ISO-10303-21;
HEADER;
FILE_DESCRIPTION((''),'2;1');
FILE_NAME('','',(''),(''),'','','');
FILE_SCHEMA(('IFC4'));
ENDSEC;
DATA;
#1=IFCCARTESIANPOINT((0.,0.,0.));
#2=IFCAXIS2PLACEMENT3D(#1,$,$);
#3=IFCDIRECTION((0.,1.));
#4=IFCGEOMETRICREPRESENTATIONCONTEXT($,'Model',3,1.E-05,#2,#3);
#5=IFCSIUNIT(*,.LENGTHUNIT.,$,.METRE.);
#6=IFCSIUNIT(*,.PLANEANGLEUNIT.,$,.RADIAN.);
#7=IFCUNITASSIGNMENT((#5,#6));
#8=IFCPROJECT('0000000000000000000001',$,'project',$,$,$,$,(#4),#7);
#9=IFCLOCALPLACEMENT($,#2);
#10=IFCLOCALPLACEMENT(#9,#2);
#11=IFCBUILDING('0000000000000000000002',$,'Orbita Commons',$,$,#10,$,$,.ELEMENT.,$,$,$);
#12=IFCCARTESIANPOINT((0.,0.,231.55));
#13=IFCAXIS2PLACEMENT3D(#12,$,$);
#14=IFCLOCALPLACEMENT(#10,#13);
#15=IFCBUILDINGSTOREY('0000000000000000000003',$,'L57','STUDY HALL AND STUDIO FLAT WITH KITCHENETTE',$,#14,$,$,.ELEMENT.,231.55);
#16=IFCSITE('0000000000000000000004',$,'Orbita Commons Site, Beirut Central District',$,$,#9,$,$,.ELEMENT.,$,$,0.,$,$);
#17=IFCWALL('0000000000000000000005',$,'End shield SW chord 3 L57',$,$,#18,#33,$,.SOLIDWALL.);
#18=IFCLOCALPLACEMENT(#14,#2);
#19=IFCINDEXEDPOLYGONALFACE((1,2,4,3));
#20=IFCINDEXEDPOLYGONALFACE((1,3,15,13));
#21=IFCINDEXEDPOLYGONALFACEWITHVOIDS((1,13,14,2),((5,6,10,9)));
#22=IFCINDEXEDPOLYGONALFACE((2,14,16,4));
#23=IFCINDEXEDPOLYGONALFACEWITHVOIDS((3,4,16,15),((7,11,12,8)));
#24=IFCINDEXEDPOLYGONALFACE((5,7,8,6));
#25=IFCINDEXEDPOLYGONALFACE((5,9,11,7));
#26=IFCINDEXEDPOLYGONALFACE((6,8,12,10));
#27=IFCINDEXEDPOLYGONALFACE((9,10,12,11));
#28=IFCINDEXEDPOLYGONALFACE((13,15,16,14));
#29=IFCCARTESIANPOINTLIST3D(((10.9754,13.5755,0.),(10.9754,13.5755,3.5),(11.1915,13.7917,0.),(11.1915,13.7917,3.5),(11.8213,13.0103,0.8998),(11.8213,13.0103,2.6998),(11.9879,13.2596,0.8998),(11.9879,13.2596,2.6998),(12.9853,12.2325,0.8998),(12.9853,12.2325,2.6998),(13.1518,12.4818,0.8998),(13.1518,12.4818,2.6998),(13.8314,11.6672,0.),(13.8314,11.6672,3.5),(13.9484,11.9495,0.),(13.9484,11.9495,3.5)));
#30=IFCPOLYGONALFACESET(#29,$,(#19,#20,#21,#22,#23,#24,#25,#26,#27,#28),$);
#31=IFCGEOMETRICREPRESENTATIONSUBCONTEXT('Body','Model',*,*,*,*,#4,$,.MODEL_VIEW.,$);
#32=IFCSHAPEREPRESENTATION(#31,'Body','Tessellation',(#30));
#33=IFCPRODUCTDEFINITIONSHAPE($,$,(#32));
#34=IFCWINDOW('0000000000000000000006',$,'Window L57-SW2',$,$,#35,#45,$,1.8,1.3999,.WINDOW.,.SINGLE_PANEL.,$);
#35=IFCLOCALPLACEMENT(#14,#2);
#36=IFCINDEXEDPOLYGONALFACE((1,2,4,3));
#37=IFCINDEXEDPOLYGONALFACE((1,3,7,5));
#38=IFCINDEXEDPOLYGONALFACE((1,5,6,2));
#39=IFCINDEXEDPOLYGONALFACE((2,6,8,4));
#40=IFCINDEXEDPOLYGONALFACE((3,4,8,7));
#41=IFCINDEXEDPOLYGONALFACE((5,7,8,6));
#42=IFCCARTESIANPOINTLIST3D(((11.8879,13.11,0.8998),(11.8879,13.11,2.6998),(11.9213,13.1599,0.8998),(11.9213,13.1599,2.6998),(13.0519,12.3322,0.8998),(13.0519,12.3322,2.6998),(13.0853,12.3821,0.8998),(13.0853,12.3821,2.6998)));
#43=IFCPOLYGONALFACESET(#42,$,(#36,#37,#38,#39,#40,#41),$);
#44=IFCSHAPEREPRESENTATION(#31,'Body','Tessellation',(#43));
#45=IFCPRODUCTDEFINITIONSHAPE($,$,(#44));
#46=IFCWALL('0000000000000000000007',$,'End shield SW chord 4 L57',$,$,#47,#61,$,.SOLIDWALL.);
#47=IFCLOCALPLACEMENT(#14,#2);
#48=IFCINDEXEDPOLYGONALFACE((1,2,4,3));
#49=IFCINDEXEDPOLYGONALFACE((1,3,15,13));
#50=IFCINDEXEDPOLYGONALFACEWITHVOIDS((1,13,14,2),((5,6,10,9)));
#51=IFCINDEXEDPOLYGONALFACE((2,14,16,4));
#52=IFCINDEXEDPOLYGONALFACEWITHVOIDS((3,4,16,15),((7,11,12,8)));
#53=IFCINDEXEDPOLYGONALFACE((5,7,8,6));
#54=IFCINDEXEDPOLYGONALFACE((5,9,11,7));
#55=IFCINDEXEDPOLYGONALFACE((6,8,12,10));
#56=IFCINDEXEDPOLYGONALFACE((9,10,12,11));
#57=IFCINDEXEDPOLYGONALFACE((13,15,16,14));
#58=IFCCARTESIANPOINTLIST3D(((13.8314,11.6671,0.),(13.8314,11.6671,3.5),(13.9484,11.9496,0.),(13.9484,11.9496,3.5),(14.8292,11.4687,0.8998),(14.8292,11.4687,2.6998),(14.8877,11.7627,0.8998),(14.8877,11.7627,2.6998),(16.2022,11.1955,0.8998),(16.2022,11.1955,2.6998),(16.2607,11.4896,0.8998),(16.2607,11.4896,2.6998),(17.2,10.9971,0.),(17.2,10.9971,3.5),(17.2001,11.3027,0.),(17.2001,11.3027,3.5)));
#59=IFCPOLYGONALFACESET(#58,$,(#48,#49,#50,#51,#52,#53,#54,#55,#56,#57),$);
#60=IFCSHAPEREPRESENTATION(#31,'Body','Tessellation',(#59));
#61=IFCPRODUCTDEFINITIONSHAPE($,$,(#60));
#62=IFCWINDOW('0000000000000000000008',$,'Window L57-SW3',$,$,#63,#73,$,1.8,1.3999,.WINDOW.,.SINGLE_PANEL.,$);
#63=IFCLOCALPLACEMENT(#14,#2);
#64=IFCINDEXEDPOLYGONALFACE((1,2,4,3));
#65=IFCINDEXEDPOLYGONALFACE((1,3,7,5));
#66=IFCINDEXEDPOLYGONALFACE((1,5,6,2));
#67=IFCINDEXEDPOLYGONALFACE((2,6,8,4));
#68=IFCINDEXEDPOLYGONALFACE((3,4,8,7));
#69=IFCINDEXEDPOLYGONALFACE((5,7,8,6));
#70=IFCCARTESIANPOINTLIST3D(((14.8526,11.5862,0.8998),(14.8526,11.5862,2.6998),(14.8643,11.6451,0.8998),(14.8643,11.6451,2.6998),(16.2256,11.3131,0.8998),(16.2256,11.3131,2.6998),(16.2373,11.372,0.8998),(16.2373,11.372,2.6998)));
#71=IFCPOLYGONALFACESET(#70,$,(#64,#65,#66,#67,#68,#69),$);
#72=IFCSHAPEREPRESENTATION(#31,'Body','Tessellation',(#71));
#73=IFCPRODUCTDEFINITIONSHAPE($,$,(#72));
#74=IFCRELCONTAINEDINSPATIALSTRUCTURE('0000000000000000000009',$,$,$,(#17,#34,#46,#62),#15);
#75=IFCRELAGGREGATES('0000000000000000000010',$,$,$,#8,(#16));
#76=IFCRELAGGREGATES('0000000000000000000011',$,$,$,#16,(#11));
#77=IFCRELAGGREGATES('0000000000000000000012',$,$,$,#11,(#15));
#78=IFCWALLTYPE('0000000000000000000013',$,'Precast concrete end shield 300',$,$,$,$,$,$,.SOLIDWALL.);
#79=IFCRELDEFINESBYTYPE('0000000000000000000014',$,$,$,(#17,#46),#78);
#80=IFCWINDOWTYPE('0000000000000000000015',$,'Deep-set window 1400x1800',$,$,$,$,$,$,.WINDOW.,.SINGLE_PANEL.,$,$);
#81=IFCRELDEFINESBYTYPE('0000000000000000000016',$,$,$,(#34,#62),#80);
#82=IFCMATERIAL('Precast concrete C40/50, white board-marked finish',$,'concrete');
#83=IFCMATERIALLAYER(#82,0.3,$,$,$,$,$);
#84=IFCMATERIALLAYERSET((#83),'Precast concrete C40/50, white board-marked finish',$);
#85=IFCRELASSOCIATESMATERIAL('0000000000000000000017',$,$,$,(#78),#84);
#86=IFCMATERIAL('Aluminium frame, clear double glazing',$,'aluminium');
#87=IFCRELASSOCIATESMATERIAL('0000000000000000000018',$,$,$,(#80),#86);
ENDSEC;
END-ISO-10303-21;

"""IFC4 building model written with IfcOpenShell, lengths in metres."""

from ifc_helpers import new_model, si_unit, direction, frame, frame_2d, origin, place, context, subcontext, project, spatial, polyline, rectangle, outline, extrude, material, layer, layer_set, type_object, element, fill, save


model = new_model("IFC4")

# Units and contexts
model_context = context("Model", 3, precision=1e-05, world=origin(), true_north=direction((0.0, 1.0)))
body_context = subcontext(model_context, "Body", "Model", "MODEL_VIEW")
ifc_project = project(units=[si_unit("LENGTHUNIT", "METRE"), si_unit("PLANEANGLEUNIT", "RADIAN")], contexts=[model_context])

# Site, building, storey
site_placement = place(None, origin())
site = spatial("IfcSite", under=ifc_project, at=site_placement, Name="Orbita Commons Site, Beirut Central District", CompositionType="ELEMENT", RefElevation=0.0)
building_placement = place(site_placement, origin())
building = spatial("IfcBuilding", under=site, at=building_placement, Name="Orbita Commons", CompositionType="ELEMENT")
storey_placement = place(building_placement, frame((0.0, 0.0, 231.55)))
storey = spatial("IfcBuildingStorey", under=building, at=storey_placement, Name="L57", Description="STUDY HALL AND STUDIO FLAT WITH KITCHENETTE", CompositionType="ELEMENT", Elevation=231.55)

# Walls, openings, windows
ifc_material_1 = material(Name="Precast concrete C40/50, white board-marked finish", Category="concrete")
ifc_layer_1 = layer(ifc_material_1, 0.3)
ifc_layer_set_1 = layer_set([ifc_layer_1], Name="Precast concrete C40/50, white board-marked finish")
wall_type_1 = type_object("IfcWallType", Name="Precast concrete end shield 300", PredefinedType="SOLIDWALL", material=ifc_layer_set_1)
ifc_material_2 = material(Name="Aluminium frame, clear double glazing", Category="aluminium")
window_type = type_object("IfcWindowType", Name="Deep-set window 1400x1800", PartitioningType="SINGLE_PANEL", PredefinedType="WINDOW", material=ifc_material_2)
wall_1_placement = place(storey_placement, frame((11.0835, 13.6836, 0.0), z_axis=(0.0, 0.0, 1.0), x_axis=(0.83146, -0.555585, 0.0)))
wall_1 = element("IfcWall", 1, at=wall_1_placement, inside=storey, type_object=wall_type_1, Name="End shield SW chord 3 L57", PredefinedType="SOLIDWALL", context=body_context, shape_type="SweptSolid", body=[
    extrude(outline(polyline([(-0.0298, -0.1499), (3.405, -0.1499), (3.3455, 0.1499), (0.0298, 0.1499), (-0.0298, -0.1499)])), origin(), (0.0, 0.0, 1.0), 3.5),
])
opening_1_placement = place(wall_1_placement, frame((0.9875, 0.0, 0.8999)))
opening_1 = element("IfcOpeningElement", 2, at=opening_1_placement, cuts=wall_1, PredefinedType="OPENING", context=body_context, shape_type="SweptSolid", body=[
    extrude(rectangle(XDim=1.3999, YDim=1.8, at=frame_2d((0.7, 0.8999))), frame((0.0, 0.1599, 0.0), z_axis=(0.0, -1.0, 0.0), x_axis=(1.0, 0.0, 0.0)), (0.0, 0.0, 1.0), 0.3201),
])
window_1_placement = place(opening_1_placement, origin())
window_1 = element("IfcWindow", 3, at=window_1_placement, inside=storey, type_object=window_type, Name="Window L57-SW2", OverallHeight=1.8, OverallWidth=1.3999, PartitioningType="SINGLE_PANEL", PredefinedType="WINDOW", context=body_context, shape_type="SweptSolid", body=[
    extrude(rectangle(XDim=1.3999, YDim=1.8, at=frame_2d((0.7, 0.8999))), frame((0.0, 0.03, 0.0), z_axis=(0.0, -1.0, 0.0), x_axis=(1.0, 0.0, 0.0)), (0.0, 0.0, 1.0), 0.0601),
])
fill(opening_1, window_1)
wall_2_placement = place(storey_placement, frame((13.8899, 11.8083, 0.0), z_axis=(0.0, 0.0, 1.0), x_axis=(0.980783, -0.1951, 0.0)))
wall_2 = element("IfcWall", 4, at=wall_2_placement, inside=storey, type_object=wall_type_1, Name="End shield SW chord 4 L57", PredefinedType="SOLIDWALL", context=body_context, shape_type="SweptSolid", body=[
    extrude(outline(polyline([(-0.0298, -0.1499), (3.4048, -0.1499), (3.3452, 0.1499), (0.0298, 0.1499), (-0.0298, -0.1499)])), origin(), (0.0, 0.0, 1.0), 3.5),
])
opening_2_placement = place(wall_2_placement, frame((0.9875, 0.0, 0.8999)))
opening_2 = element("IfcOpeningElement", 5, at=opening_2_placement, cuts=wall_2, PredefinedType="OPENING", context=body_context, shape_type="SweptSolid", body=[
    extrude(rectangle(XDim=1.3999, YDim=1.8, at=frame_2d((0.7, 0.8999))), frame((0.0, 0.1599, 0.0), z_axis=(0.0, -1.0, 0.0), x_axis=(1.0, 0.0, 0.0)), (0.0, 0.0, 1.0), 0.3201),
])
window_2_placement = place(opening_2_placement, origin())
window_2 = element("IfcWindow", 6, at=window_2_placement, inside=storey, type_object=window_type, Name="Window L57-SW3", OverallHeight=1.8, OverallWidth=1.3999, PartitioningType="SINGLE_PANEL", PredefinedType="WINDOW", context=body_context, shape_type="SweptSolid", body=[
    extrude(rectangle(XDim=1.3999, YDim=1.8, at=frame_2d((0.7, 0.8999))), frame((0.0, 0.03, 0.0), z_axis=(0.0, -1.0, 0.0), x_axis=(1.0, 0.0, 0.0)), (0.0, 0.0, 1.0), 0.0601),
])
fill(opening_2, window_2)

save(model, "model.ifc")
